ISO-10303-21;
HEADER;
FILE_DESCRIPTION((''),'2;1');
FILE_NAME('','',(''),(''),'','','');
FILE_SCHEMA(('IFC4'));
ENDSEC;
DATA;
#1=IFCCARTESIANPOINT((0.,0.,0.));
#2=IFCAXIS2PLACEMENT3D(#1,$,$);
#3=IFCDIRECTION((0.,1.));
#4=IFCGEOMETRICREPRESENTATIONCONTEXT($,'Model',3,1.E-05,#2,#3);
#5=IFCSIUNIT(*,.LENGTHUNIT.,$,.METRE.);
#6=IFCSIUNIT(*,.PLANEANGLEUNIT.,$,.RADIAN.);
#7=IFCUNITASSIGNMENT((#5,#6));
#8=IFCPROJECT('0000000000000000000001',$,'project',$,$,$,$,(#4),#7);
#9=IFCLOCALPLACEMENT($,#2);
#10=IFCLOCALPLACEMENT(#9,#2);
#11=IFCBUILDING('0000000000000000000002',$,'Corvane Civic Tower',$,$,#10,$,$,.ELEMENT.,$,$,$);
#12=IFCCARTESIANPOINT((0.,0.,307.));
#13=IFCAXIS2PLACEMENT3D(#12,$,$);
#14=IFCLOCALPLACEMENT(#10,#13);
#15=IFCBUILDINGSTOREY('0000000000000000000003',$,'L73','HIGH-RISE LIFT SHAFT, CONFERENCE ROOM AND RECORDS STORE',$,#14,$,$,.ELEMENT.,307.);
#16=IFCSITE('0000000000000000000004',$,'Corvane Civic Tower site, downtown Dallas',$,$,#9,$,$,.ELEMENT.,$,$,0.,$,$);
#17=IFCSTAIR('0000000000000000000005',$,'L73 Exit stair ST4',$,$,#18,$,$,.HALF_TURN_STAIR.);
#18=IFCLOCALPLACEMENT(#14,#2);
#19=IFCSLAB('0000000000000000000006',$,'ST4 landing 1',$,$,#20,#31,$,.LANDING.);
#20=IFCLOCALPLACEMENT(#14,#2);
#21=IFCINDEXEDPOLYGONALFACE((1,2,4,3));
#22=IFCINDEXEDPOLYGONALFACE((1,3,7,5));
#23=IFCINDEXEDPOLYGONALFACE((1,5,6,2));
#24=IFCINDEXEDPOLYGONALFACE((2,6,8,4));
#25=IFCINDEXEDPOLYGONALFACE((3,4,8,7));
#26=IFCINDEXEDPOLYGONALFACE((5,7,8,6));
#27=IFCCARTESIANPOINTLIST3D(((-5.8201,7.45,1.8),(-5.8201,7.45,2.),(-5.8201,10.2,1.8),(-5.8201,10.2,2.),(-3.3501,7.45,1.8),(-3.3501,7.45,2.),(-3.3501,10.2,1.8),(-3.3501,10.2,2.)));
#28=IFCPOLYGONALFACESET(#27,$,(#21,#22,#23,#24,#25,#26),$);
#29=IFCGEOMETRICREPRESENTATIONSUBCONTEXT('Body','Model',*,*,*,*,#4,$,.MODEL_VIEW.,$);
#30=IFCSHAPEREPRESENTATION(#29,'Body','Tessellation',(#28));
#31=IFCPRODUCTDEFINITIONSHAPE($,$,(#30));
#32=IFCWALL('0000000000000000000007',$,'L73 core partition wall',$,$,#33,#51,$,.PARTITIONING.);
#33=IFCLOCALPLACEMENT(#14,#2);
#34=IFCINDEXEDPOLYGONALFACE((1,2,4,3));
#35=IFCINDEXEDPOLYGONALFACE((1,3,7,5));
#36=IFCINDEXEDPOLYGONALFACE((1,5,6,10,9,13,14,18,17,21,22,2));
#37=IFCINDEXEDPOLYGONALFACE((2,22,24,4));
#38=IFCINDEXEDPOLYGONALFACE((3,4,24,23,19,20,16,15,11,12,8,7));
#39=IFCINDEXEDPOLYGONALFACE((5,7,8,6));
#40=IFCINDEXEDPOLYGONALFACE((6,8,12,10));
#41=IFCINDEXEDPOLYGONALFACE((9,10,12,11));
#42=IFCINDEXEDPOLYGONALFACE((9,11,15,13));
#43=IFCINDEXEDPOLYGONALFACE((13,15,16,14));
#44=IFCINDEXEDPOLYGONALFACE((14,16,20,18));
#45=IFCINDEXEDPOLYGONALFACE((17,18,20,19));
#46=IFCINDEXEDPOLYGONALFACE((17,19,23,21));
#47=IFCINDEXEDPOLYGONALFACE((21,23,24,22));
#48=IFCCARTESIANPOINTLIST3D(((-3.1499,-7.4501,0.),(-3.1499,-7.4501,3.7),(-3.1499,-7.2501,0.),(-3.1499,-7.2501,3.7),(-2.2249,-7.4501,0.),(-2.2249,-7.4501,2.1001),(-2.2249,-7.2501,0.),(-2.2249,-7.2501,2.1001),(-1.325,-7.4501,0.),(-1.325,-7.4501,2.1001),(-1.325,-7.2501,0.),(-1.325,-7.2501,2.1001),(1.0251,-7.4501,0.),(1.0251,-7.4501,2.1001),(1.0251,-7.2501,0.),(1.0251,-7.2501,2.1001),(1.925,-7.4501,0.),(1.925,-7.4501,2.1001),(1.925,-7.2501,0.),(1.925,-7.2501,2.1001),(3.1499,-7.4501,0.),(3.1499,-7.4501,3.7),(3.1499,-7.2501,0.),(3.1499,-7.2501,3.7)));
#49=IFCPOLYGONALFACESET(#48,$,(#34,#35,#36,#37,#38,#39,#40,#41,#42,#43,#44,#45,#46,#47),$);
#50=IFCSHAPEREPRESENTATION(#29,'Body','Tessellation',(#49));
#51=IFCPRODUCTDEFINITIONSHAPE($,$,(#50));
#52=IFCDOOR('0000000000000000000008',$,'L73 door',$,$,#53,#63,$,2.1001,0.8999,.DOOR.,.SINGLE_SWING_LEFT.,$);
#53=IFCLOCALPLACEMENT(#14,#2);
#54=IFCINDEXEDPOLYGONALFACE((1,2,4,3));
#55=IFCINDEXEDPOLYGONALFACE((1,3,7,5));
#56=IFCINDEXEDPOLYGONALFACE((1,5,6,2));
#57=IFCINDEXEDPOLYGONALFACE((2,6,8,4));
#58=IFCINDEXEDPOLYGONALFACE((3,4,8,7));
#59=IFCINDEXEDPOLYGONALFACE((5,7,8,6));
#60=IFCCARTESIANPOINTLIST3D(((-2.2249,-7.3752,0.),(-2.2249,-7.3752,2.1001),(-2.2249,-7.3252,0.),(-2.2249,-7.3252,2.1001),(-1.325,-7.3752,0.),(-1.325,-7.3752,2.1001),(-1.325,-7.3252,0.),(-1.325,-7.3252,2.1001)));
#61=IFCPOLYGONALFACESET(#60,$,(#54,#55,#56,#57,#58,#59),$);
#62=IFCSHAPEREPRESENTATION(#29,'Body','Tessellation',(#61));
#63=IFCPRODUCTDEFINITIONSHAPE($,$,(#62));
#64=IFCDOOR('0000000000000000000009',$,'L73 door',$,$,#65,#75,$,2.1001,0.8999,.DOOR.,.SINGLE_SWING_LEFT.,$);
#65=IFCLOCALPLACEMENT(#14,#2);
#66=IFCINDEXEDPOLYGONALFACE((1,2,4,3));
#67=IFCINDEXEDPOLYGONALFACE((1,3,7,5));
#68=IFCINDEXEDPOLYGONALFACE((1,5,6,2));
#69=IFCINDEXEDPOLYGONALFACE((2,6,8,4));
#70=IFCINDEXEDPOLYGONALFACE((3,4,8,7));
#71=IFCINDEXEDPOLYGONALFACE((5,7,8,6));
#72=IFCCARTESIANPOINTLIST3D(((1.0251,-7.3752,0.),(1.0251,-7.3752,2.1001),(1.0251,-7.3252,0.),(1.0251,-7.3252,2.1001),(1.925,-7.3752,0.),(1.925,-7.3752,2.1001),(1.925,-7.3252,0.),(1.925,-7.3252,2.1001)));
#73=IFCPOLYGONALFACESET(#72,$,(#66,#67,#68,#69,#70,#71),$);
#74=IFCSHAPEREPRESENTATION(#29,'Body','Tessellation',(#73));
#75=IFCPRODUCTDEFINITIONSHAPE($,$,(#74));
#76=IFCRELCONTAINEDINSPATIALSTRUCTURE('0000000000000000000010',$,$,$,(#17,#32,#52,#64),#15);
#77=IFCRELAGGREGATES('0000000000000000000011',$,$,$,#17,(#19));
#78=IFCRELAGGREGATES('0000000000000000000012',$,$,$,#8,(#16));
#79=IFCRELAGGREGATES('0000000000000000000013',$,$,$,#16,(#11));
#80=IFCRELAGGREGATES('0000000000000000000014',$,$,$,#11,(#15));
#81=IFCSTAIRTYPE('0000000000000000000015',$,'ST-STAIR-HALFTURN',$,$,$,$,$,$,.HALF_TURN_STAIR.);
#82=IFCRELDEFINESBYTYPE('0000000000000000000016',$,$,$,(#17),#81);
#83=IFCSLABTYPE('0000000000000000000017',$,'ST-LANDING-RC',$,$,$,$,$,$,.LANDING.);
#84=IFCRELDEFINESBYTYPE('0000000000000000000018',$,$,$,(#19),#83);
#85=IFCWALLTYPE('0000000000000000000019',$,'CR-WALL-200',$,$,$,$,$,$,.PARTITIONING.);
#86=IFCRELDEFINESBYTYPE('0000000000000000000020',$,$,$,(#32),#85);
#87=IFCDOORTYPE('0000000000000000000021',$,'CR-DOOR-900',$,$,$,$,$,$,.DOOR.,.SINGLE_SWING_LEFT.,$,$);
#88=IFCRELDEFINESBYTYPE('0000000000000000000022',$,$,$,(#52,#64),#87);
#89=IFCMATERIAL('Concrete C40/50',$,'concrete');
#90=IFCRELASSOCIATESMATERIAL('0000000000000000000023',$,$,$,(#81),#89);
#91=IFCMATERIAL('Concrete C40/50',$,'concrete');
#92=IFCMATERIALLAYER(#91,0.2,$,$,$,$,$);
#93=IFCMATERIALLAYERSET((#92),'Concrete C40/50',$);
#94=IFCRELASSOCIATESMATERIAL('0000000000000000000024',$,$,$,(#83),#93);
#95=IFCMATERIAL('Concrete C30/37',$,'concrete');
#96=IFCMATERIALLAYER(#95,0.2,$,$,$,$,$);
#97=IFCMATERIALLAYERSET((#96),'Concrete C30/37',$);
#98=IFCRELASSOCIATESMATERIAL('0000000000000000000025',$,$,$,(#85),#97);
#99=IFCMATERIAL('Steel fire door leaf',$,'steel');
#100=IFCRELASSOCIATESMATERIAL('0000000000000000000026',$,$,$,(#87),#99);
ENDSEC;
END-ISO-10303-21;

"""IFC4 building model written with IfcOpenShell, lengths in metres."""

from ifc_helpers import new_model, si_unit, direction, frame, frame_2d, origin, place, context, subcontext, project, spatial, polyline, rectangle, outline, extrude, material, layer, layer_set, type_object, element, fill, aggregate, save


model = new_model("IFC4")

# Units and contexts
model_context = context("Model", 3, precision=1e-05, world=origin(), true_north=direction((0.0, 1.0)))
body_context = subcontext(model_context, "Body", "Model", "MODEL_VIEW")
ifc_project = project(units=[si_unit("LENGTHUNIT", "METRE"), si_unit("PLANEANGLEUNIT", "RADIAN")], contexts=[model_context])

# Site, building, storey
site_placement = place(None, origin())
site = spatial("IfcSite", under=ifc_project, at=site_placement, Name="Corvane Civic Tower site, downtown Dallas", CompositionType="ELEMENT", RefElevation=0.0)
building_placement = place(site_placement, origin())
building = spatial("IfcBuilding", under=site, at=building_placement, Name="Corvane Civic Tower", CompositionType="ELEMENT")
storey_placement = place(building_placement, frame((0.0, 0.0, 307.0)))
storey = spatial("IfcBuildingStorey", under=building, at=storey_placement, Name="L73", Description="HIGH-RISE LIFT SHAFT, CONFERENCE ROOM AND RECORDS STORE", CompositionType="ELEMENT", Elevation=307.0)

# Stair, slab
ifc_material_1 = material(Name="Concrete C40/50", Category="concrete")
stair_type = type_object("IfcStairType", Name="ST-STAIR-HALFTURN", PredefinedType="HALF_TURN_STAIR", material=ifc_material_1)
ifc_material_2 = material(Name="Concrete C40/50", Category="concrete")
ifc_layer_1 = layer(ifc_material_2, 0.2)
ifc_layer_set_1 = layer_set([ifc_layer_1], Name="Concrete C40/50")
slab_type_1 = type_object("IfcSlabType", Name="ST-LANDING-RC", PredefinedType="LANDING", material=ifc_layer_set_1)
stair_1_placement = place(storey_placement, origin())
stair_1 = element("IfcStair", 1, at=stair_1_placement, inside=storey, type_object=stair_type, Name="L73 Exit stair ST4", PredefinedType="HALF_TURN_STAIR")
slab_1_placement = place(storey_placement, frame((0.0, 0.0, 1.8)))
slab_1 = element("IfcSlab", 2, at=slab_1_placement, type_object=slab_type_1, Name="ST4 landing 1", PredefinedType="LANDING", context=body_context, shape_type="SweptSolid", body=[
    extrude(outline(polyline([(-5.8201, 7.45), (-3.3501, 7.45), (-3.3501, 10.2), (-5.8201, 10.2), (-5.8201, 7.45)])), origin(), (0.0, 0.0, 1.0), 0.2),
])
aggregate(stair_1, [slab_1])

# Wall, openings, doors
ifc_material_3 = material(Name="Concrete C30/37", Category="concrete")
ifc_layer_2 = layer(ifc_material_3, 0.2)
ifc_layer_set_2 = layer_set([ifc_layer_2], Name="Concrete C30/37")
wall_type_1 = type_object("IfcWallType", Name="CR-WALL-200", PredefinedType="PARTITIONING", material=ifc_layer_set_2)
wall_1_placement = place(storey_placement, frame((-3.1499, -7.3501, 0.0), z_axis=(0.0, 0.0, 1.0), x_axis=(1.0, 0.0, 0.0)))
wall_1 = element("IfcWall", 3, at=wall_1_placement, inside=storey, type_object=wall_type_1, Name="L73 core partition wall", PredefinedType="PARTITIONING", context=body_context, shape_type="SweptSolid", body=[
    extrude(rectangle(XDim=6.2998, YDim=0.2, at=frame_2d((3.1499, 0.0))), origin(), (0.0, 0.0, 1.0), 3.7),
])
opening_1_placement = place(wall_1_placement, frame((0.925, 0.0, 0.0)))
opening_1 = element("IfcOpeningElement", 4, at=opening_1_placement, cuts=wall_1, PredefinedType="OPENING", context=body_context, shape_type="SweptSolid", body=[
    extrude(rectangle(XDim=0.8999, YDim=2.1001, at=frame_2d((0.45, 1.05))), frame((0.0, 0.1099, 0.0), z_axis=(0.0, -1.0, 0.0), x_axis=(1.0, 0.0, 0.0)), (0.0, 0.0, 1.0), 0.22),
])
opening_2_placement = place(wall_1_placement, frame((4.175, 0.0, 0.0)))
opening_2 = element("IfcOpeningElement", 5, at=opening_2_placement, cuts=wall_1, PredefinedType="OPENING", context=body_context, shape_type="SweptSolid", body=[
    extrude(rectangle(XDim=0.8999, YDim=2.1001, at=frame_2d((0.45, 1.05))), frame((0.0, 0.1099, 0.0), z_axis=(0.0, -1.0, 0.0), x_axis=(1.0, 0.0, 0.0)), (0.0, 0.0, 1.0), 0.22),
])
ifc_material_4 = material(Name="Steel fire door leaf", Category="steel")
door_type_1 = type_object("IfcDoorType", Name="CR-DOOR-900", OperationType="SINGLE_SWING_LEFT", PredefinedType="DOOR", material=ifc_material_4)
door_1_placement = place(opening_1_placement, origin())
door_1 = element("IfcDoor", 6, at=door_1_placement, inside=storey, type_object=door_type_1, Name="L73 door", OperationType="SINGLE_SWING_LEFT", OverallHeight=2.1001, OverallWidth=0.8999, PredefinedType="DOOR", context=body_context, shape_type="SweptSolid", body=[
    extrude(rectangle(XDim=0.8999, YDim=2.1001, at=frame_2d((0.45, 1.05))), frame((0.0, 0.0249, 0.0), z_axis=(0.0, -1.0, 0.0), x_axis=(1.0, 0.0, 0.0)), (0.0, 0.0, 1.0), 0.05),
])
fill(opening_1, door_1)
door_2_placement = place(opening_2_placement, origin())
door_2 = element("IfcDoor", 7, at=door_2_placement, inside=storey, type_object=door_type_1, Name="L73 door", OperationType="SINGLE_SWING_LEFT", OverallHeight=2.1001, OverallWidth=0.8999, PredefinedType="DOOR", context=body_context, shape_type="SweptSolid", body=[
    extrude(rectangle(XDim=0.8999, YDim=2.1001, at=frame_2d((0.45, 1.05))), frame((0.0, 0.0249, 0.0), z_axis=(0.0, -1.0, 0.0), x_axis=(1.0, 0.0, 0.0)), (0.0, 0.0, 1.0), 0.05),
])
fill(opening_2, door_2)

save(model, "model.ifc")
